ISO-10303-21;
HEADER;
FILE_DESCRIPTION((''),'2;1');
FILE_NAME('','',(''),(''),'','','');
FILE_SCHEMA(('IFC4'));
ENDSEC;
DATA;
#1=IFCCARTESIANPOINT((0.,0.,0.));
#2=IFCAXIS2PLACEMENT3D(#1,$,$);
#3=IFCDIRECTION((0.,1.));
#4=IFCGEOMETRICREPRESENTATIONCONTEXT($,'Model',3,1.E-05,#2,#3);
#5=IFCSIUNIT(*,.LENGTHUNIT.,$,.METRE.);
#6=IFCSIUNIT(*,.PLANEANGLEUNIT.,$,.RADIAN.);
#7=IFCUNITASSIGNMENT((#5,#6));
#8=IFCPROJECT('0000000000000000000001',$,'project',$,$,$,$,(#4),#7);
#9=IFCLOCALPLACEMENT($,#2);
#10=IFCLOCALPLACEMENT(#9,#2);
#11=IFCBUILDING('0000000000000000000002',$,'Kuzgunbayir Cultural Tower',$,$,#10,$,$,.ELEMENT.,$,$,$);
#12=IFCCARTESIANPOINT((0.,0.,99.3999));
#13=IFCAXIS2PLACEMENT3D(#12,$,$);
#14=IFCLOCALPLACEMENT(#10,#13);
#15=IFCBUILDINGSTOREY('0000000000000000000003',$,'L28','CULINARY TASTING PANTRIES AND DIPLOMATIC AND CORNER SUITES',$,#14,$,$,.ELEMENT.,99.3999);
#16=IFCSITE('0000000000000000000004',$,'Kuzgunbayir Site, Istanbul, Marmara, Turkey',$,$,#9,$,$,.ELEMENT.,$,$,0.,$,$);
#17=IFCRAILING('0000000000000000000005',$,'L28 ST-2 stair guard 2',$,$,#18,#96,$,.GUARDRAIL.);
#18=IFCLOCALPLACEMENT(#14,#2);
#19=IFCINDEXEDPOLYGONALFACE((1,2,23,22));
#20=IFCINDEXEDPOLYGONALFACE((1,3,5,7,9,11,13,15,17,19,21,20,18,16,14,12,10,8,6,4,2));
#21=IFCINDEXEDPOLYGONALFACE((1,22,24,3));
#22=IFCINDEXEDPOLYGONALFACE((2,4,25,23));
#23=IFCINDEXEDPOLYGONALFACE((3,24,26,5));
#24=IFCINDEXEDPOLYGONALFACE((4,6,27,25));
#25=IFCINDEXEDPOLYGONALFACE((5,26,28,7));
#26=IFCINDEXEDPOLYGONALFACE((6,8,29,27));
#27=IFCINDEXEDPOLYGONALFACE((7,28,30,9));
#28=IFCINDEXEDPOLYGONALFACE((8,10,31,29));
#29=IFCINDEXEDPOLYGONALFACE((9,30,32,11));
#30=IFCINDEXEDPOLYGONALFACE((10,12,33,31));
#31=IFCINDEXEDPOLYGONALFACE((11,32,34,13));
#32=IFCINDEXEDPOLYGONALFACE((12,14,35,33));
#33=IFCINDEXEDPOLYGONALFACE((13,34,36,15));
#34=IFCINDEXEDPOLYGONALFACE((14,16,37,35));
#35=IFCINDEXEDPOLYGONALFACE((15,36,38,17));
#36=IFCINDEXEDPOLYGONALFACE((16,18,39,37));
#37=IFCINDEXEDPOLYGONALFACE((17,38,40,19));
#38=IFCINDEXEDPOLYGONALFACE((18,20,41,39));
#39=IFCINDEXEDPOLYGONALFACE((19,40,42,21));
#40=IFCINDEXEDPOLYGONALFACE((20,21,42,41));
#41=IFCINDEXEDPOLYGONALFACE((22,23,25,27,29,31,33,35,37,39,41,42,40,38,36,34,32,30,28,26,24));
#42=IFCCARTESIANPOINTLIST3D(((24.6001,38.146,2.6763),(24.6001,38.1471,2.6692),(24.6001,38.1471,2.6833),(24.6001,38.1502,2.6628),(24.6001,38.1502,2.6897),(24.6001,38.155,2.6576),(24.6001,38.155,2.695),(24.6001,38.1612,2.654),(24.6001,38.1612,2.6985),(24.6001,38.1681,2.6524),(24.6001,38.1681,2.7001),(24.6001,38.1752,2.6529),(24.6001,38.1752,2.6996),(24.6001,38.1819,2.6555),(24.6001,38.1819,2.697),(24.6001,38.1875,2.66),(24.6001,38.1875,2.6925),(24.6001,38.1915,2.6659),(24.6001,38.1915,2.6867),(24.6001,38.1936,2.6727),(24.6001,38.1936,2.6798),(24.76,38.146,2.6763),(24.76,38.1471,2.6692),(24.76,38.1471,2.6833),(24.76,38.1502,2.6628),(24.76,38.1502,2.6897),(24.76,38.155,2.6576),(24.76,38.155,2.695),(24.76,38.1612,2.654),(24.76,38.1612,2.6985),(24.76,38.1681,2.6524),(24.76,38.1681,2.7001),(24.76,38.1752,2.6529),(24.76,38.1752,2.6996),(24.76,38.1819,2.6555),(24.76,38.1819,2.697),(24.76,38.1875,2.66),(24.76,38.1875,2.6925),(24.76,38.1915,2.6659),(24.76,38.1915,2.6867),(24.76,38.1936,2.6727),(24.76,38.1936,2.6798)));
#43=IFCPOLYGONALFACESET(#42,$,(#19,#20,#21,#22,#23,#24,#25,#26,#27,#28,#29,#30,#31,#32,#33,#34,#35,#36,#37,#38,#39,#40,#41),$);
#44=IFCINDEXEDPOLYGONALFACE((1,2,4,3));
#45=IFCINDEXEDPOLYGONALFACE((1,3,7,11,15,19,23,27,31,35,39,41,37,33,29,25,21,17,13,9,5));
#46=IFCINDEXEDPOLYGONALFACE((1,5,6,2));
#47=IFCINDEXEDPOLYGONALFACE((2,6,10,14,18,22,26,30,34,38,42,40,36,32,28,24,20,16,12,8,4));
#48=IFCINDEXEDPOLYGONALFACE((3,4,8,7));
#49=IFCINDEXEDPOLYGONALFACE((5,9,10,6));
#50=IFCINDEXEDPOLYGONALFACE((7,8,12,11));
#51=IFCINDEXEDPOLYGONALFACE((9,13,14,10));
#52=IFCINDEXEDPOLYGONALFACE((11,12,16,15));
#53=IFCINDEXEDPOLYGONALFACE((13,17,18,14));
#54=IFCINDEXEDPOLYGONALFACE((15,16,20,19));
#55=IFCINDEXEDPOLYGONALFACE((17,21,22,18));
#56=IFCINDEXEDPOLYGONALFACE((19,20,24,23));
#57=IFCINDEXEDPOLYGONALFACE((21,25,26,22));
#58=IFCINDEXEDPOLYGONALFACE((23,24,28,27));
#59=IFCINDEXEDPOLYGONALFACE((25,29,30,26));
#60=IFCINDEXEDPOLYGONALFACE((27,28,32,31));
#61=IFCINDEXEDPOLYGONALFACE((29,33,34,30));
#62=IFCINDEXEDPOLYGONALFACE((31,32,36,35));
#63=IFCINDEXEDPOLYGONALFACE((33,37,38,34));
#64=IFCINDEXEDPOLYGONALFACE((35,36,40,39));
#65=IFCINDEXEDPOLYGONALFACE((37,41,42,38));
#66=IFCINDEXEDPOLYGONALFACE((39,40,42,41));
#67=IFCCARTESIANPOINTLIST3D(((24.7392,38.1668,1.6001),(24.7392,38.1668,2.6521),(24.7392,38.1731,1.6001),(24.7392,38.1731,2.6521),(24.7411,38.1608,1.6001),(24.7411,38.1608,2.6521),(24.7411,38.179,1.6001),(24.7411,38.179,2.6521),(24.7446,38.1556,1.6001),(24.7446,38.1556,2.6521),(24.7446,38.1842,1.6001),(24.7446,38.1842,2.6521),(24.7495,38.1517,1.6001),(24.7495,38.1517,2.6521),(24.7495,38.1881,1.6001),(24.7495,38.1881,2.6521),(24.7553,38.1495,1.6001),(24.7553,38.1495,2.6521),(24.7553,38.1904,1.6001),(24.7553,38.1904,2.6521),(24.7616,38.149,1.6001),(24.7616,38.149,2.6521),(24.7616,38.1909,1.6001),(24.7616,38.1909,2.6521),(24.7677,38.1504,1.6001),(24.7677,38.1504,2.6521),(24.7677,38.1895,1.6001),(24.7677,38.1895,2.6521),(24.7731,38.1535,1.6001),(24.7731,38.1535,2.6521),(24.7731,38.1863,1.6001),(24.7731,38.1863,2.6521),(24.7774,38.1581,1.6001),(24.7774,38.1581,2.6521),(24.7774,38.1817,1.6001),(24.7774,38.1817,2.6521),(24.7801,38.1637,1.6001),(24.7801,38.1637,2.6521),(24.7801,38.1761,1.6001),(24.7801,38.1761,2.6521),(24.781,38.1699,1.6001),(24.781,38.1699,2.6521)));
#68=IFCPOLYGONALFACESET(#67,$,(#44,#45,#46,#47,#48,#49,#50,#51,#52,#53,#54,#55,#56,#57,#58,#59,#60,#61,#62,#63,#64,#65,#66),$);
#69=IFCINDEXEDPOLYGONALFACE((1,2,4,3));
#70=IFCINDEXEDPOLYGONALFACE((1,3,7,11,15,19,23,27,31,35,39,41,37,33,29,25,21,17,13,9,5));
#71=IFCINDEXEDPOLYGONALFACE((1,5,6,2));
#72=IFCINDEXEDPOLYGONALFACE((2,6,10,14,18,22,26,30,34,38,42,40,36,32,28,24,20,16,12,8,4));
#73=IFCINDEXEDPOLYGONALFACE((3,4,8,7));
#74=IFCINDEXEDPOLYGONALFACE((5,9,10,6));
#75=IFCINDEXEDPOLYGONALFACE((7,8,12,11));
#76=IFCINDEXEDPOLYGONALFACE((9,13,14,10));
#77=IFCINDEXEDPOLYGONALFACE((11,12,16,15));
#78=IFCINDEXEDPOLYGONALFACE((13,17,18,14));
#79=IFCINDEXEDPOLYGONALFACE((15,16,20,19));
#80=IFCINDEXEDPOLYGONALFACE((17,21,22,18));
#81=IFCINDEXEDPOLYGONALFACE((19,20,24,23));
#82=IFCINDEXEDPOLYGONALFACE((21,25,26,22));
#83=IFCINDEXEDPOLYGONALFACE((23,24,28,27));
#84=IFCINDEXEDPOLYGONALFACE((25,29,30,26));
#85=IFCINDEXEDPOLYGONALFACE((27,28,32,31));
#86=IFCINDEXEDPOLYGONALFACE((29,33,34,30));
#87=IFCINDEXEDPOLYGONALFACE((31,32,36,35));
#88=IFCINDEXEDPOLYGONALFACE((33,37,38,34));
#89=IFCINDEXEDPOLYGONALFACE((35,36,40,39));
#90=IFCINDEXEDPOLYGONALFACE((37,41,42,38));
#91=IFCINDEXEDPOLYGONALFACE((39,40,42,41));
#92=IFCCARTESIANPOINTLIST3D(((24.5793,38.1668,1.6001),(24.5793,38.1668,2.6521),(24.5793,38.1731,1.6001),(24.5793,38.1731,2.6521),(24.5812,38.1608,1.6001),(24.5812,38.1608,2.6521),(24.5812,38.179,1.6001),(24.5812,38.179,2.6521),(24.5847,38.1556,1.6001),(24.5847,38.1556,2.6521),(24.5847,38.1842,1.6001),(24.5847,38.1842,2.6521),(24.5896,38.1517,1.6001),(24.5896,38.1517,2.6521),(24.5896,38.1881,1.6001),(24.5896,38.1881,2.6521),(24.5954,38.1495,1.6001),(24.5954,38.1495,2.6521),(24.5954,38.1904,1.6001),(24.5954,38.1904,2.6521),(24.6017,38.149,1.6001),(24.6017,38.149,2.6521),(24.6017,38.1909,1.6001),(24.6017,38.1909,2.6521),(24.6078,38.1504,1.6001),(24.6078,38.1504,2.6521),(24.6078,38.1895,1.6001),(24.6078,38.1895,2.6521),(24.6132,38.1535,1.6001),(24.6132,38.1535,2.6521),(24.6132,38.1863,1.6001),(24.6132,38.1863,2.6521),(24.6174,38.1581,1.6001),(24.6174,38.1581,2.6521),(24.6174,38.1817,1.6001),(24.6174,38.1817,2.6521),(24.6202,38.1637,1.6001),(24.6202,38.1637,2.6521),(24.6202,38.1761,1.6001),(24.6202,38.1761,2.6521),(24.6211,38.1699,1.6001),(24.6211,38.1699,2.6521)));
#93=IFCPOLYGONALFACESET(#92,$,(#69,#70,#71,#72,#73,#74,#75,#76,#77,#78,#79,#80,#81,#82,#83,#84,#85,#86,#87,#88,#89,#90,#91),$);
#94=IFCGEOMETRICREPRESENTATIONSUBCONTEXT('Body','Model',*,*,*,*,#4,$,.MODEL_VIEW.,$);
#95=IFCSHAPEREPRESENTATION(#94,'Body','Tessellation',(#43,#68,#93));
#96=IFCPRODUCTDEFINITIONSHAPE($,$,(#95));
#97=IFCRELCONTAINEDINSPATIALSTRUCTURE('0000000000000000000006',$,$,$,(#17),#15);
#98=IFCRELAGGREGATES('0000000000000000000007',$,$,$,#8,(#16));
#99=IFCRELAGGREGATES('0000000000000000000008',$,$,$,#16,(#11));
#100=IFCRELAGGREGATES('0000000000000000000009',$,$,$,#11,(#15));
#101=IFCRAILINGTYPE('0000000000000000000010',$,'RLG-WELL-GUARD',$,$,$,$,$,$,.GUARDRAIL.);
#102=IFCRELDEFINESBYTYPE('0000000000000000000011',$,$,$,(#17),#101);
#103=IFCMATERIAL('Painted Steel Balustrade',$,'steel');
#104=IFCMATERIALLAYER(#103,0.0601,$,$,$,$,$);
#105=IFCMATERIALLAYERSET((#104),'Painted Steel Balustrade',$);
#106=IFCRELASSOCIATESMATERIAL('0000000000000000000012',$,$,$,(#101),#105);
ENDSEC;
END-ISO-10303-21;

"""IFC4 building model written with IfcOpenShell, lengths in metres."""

from ifc_helpers import new_model, si_unit, direction, frame, origin, origin_2d, place, context, subcontext, project, spatial, circle, extrude, material, layer, layer_set, type_object, element, save


model = new_model("IFC4")

# Units and contexts
model_context = context("Model", 3, precision=1e-05, world=origin(), true_north=direction((0.0, 1.0)))
body_context = subcontext(model_context, "Body", "Model", "MODEL_VIEW")
ifc_project = project(units=[si_unit("LENGTHUNIT", "METRE"), si_unit("PLANEANGLEUNIT", "RADIAN")], contexts=[model_context])

# Site, building, storey
site_placement = place(None, origin())
site = spatial("IfcSite", under=ifc_project, at=site_placement, Name="Kuzgunbayir Site, Istanbul, Marmara, Turkey", CompositionType="ELEMENT", RefElevation=0.0)
building_placement = place(site_placement, origin())
building = spatial("IfcBuilding", under=site, at=building_placement, Name="Kuzgunbayir Cultural Tower", CompositionType="ELEMENT")
storey_placement = place(building_placement, frame((0.0, 0.0, 99.3999)))
storey = spatial("IfcBuildingStorey", under=building, at=storey_placement, Name="L28", Description="CULINARY TASTING PANTRIES AND DIPLOMATIC AND CORNER SUITES", CompositionType="ELEMENT", Elevation=99.3999)

# Railing
ifc_material_1 = material(Name="Painted Steel Balustrade", Category="steel")
ifc_layer_1 = layer(ifc_material_1, 0.0601)
ifc_layer_set_1 = layer_set([ifc_layer_1], Name="Painted Steel Balustrade")
railing_type_1 = type_object("IfcRailingType", Name="RLG-WELL-GUARD", PredefinedType="GUARDRAIL", material=ifc_layer_set_1)
railing_1_placement = place(storey_placement, frame((24.76, 38.1699, 1.6001)))
element("IfcRailing", 1, at=railing_1_placement, inside=storey, type_object=railing_type_1, Name="L28 ST-2 stair guard 2", PredefinedType="GUARDRAIL", context=body_context, shape_type="SweptSolid", body=[
    extrude(circle(Radius=0.0239, at=origin_2d()), frame((0.0, 0.0, 1.0762), z_axis=(-1.0, 0.0, 0.0), x_axis=(0.0, -1.0, 0.0)), (0.0, 0.0, 1.0), 0.1599),
    extrude(circle(Radius=0.021, at=origin_2d()), origin(), (0.0, 0.0, 1.0), 1.052),
    extrude(circle(Radius=0.021, at=origin_2d()), frame((-0.1599, 0.0, 0.0)), (0.0, 0.0, 1.0), 1.052),
])

save(model, "model.ifc")
